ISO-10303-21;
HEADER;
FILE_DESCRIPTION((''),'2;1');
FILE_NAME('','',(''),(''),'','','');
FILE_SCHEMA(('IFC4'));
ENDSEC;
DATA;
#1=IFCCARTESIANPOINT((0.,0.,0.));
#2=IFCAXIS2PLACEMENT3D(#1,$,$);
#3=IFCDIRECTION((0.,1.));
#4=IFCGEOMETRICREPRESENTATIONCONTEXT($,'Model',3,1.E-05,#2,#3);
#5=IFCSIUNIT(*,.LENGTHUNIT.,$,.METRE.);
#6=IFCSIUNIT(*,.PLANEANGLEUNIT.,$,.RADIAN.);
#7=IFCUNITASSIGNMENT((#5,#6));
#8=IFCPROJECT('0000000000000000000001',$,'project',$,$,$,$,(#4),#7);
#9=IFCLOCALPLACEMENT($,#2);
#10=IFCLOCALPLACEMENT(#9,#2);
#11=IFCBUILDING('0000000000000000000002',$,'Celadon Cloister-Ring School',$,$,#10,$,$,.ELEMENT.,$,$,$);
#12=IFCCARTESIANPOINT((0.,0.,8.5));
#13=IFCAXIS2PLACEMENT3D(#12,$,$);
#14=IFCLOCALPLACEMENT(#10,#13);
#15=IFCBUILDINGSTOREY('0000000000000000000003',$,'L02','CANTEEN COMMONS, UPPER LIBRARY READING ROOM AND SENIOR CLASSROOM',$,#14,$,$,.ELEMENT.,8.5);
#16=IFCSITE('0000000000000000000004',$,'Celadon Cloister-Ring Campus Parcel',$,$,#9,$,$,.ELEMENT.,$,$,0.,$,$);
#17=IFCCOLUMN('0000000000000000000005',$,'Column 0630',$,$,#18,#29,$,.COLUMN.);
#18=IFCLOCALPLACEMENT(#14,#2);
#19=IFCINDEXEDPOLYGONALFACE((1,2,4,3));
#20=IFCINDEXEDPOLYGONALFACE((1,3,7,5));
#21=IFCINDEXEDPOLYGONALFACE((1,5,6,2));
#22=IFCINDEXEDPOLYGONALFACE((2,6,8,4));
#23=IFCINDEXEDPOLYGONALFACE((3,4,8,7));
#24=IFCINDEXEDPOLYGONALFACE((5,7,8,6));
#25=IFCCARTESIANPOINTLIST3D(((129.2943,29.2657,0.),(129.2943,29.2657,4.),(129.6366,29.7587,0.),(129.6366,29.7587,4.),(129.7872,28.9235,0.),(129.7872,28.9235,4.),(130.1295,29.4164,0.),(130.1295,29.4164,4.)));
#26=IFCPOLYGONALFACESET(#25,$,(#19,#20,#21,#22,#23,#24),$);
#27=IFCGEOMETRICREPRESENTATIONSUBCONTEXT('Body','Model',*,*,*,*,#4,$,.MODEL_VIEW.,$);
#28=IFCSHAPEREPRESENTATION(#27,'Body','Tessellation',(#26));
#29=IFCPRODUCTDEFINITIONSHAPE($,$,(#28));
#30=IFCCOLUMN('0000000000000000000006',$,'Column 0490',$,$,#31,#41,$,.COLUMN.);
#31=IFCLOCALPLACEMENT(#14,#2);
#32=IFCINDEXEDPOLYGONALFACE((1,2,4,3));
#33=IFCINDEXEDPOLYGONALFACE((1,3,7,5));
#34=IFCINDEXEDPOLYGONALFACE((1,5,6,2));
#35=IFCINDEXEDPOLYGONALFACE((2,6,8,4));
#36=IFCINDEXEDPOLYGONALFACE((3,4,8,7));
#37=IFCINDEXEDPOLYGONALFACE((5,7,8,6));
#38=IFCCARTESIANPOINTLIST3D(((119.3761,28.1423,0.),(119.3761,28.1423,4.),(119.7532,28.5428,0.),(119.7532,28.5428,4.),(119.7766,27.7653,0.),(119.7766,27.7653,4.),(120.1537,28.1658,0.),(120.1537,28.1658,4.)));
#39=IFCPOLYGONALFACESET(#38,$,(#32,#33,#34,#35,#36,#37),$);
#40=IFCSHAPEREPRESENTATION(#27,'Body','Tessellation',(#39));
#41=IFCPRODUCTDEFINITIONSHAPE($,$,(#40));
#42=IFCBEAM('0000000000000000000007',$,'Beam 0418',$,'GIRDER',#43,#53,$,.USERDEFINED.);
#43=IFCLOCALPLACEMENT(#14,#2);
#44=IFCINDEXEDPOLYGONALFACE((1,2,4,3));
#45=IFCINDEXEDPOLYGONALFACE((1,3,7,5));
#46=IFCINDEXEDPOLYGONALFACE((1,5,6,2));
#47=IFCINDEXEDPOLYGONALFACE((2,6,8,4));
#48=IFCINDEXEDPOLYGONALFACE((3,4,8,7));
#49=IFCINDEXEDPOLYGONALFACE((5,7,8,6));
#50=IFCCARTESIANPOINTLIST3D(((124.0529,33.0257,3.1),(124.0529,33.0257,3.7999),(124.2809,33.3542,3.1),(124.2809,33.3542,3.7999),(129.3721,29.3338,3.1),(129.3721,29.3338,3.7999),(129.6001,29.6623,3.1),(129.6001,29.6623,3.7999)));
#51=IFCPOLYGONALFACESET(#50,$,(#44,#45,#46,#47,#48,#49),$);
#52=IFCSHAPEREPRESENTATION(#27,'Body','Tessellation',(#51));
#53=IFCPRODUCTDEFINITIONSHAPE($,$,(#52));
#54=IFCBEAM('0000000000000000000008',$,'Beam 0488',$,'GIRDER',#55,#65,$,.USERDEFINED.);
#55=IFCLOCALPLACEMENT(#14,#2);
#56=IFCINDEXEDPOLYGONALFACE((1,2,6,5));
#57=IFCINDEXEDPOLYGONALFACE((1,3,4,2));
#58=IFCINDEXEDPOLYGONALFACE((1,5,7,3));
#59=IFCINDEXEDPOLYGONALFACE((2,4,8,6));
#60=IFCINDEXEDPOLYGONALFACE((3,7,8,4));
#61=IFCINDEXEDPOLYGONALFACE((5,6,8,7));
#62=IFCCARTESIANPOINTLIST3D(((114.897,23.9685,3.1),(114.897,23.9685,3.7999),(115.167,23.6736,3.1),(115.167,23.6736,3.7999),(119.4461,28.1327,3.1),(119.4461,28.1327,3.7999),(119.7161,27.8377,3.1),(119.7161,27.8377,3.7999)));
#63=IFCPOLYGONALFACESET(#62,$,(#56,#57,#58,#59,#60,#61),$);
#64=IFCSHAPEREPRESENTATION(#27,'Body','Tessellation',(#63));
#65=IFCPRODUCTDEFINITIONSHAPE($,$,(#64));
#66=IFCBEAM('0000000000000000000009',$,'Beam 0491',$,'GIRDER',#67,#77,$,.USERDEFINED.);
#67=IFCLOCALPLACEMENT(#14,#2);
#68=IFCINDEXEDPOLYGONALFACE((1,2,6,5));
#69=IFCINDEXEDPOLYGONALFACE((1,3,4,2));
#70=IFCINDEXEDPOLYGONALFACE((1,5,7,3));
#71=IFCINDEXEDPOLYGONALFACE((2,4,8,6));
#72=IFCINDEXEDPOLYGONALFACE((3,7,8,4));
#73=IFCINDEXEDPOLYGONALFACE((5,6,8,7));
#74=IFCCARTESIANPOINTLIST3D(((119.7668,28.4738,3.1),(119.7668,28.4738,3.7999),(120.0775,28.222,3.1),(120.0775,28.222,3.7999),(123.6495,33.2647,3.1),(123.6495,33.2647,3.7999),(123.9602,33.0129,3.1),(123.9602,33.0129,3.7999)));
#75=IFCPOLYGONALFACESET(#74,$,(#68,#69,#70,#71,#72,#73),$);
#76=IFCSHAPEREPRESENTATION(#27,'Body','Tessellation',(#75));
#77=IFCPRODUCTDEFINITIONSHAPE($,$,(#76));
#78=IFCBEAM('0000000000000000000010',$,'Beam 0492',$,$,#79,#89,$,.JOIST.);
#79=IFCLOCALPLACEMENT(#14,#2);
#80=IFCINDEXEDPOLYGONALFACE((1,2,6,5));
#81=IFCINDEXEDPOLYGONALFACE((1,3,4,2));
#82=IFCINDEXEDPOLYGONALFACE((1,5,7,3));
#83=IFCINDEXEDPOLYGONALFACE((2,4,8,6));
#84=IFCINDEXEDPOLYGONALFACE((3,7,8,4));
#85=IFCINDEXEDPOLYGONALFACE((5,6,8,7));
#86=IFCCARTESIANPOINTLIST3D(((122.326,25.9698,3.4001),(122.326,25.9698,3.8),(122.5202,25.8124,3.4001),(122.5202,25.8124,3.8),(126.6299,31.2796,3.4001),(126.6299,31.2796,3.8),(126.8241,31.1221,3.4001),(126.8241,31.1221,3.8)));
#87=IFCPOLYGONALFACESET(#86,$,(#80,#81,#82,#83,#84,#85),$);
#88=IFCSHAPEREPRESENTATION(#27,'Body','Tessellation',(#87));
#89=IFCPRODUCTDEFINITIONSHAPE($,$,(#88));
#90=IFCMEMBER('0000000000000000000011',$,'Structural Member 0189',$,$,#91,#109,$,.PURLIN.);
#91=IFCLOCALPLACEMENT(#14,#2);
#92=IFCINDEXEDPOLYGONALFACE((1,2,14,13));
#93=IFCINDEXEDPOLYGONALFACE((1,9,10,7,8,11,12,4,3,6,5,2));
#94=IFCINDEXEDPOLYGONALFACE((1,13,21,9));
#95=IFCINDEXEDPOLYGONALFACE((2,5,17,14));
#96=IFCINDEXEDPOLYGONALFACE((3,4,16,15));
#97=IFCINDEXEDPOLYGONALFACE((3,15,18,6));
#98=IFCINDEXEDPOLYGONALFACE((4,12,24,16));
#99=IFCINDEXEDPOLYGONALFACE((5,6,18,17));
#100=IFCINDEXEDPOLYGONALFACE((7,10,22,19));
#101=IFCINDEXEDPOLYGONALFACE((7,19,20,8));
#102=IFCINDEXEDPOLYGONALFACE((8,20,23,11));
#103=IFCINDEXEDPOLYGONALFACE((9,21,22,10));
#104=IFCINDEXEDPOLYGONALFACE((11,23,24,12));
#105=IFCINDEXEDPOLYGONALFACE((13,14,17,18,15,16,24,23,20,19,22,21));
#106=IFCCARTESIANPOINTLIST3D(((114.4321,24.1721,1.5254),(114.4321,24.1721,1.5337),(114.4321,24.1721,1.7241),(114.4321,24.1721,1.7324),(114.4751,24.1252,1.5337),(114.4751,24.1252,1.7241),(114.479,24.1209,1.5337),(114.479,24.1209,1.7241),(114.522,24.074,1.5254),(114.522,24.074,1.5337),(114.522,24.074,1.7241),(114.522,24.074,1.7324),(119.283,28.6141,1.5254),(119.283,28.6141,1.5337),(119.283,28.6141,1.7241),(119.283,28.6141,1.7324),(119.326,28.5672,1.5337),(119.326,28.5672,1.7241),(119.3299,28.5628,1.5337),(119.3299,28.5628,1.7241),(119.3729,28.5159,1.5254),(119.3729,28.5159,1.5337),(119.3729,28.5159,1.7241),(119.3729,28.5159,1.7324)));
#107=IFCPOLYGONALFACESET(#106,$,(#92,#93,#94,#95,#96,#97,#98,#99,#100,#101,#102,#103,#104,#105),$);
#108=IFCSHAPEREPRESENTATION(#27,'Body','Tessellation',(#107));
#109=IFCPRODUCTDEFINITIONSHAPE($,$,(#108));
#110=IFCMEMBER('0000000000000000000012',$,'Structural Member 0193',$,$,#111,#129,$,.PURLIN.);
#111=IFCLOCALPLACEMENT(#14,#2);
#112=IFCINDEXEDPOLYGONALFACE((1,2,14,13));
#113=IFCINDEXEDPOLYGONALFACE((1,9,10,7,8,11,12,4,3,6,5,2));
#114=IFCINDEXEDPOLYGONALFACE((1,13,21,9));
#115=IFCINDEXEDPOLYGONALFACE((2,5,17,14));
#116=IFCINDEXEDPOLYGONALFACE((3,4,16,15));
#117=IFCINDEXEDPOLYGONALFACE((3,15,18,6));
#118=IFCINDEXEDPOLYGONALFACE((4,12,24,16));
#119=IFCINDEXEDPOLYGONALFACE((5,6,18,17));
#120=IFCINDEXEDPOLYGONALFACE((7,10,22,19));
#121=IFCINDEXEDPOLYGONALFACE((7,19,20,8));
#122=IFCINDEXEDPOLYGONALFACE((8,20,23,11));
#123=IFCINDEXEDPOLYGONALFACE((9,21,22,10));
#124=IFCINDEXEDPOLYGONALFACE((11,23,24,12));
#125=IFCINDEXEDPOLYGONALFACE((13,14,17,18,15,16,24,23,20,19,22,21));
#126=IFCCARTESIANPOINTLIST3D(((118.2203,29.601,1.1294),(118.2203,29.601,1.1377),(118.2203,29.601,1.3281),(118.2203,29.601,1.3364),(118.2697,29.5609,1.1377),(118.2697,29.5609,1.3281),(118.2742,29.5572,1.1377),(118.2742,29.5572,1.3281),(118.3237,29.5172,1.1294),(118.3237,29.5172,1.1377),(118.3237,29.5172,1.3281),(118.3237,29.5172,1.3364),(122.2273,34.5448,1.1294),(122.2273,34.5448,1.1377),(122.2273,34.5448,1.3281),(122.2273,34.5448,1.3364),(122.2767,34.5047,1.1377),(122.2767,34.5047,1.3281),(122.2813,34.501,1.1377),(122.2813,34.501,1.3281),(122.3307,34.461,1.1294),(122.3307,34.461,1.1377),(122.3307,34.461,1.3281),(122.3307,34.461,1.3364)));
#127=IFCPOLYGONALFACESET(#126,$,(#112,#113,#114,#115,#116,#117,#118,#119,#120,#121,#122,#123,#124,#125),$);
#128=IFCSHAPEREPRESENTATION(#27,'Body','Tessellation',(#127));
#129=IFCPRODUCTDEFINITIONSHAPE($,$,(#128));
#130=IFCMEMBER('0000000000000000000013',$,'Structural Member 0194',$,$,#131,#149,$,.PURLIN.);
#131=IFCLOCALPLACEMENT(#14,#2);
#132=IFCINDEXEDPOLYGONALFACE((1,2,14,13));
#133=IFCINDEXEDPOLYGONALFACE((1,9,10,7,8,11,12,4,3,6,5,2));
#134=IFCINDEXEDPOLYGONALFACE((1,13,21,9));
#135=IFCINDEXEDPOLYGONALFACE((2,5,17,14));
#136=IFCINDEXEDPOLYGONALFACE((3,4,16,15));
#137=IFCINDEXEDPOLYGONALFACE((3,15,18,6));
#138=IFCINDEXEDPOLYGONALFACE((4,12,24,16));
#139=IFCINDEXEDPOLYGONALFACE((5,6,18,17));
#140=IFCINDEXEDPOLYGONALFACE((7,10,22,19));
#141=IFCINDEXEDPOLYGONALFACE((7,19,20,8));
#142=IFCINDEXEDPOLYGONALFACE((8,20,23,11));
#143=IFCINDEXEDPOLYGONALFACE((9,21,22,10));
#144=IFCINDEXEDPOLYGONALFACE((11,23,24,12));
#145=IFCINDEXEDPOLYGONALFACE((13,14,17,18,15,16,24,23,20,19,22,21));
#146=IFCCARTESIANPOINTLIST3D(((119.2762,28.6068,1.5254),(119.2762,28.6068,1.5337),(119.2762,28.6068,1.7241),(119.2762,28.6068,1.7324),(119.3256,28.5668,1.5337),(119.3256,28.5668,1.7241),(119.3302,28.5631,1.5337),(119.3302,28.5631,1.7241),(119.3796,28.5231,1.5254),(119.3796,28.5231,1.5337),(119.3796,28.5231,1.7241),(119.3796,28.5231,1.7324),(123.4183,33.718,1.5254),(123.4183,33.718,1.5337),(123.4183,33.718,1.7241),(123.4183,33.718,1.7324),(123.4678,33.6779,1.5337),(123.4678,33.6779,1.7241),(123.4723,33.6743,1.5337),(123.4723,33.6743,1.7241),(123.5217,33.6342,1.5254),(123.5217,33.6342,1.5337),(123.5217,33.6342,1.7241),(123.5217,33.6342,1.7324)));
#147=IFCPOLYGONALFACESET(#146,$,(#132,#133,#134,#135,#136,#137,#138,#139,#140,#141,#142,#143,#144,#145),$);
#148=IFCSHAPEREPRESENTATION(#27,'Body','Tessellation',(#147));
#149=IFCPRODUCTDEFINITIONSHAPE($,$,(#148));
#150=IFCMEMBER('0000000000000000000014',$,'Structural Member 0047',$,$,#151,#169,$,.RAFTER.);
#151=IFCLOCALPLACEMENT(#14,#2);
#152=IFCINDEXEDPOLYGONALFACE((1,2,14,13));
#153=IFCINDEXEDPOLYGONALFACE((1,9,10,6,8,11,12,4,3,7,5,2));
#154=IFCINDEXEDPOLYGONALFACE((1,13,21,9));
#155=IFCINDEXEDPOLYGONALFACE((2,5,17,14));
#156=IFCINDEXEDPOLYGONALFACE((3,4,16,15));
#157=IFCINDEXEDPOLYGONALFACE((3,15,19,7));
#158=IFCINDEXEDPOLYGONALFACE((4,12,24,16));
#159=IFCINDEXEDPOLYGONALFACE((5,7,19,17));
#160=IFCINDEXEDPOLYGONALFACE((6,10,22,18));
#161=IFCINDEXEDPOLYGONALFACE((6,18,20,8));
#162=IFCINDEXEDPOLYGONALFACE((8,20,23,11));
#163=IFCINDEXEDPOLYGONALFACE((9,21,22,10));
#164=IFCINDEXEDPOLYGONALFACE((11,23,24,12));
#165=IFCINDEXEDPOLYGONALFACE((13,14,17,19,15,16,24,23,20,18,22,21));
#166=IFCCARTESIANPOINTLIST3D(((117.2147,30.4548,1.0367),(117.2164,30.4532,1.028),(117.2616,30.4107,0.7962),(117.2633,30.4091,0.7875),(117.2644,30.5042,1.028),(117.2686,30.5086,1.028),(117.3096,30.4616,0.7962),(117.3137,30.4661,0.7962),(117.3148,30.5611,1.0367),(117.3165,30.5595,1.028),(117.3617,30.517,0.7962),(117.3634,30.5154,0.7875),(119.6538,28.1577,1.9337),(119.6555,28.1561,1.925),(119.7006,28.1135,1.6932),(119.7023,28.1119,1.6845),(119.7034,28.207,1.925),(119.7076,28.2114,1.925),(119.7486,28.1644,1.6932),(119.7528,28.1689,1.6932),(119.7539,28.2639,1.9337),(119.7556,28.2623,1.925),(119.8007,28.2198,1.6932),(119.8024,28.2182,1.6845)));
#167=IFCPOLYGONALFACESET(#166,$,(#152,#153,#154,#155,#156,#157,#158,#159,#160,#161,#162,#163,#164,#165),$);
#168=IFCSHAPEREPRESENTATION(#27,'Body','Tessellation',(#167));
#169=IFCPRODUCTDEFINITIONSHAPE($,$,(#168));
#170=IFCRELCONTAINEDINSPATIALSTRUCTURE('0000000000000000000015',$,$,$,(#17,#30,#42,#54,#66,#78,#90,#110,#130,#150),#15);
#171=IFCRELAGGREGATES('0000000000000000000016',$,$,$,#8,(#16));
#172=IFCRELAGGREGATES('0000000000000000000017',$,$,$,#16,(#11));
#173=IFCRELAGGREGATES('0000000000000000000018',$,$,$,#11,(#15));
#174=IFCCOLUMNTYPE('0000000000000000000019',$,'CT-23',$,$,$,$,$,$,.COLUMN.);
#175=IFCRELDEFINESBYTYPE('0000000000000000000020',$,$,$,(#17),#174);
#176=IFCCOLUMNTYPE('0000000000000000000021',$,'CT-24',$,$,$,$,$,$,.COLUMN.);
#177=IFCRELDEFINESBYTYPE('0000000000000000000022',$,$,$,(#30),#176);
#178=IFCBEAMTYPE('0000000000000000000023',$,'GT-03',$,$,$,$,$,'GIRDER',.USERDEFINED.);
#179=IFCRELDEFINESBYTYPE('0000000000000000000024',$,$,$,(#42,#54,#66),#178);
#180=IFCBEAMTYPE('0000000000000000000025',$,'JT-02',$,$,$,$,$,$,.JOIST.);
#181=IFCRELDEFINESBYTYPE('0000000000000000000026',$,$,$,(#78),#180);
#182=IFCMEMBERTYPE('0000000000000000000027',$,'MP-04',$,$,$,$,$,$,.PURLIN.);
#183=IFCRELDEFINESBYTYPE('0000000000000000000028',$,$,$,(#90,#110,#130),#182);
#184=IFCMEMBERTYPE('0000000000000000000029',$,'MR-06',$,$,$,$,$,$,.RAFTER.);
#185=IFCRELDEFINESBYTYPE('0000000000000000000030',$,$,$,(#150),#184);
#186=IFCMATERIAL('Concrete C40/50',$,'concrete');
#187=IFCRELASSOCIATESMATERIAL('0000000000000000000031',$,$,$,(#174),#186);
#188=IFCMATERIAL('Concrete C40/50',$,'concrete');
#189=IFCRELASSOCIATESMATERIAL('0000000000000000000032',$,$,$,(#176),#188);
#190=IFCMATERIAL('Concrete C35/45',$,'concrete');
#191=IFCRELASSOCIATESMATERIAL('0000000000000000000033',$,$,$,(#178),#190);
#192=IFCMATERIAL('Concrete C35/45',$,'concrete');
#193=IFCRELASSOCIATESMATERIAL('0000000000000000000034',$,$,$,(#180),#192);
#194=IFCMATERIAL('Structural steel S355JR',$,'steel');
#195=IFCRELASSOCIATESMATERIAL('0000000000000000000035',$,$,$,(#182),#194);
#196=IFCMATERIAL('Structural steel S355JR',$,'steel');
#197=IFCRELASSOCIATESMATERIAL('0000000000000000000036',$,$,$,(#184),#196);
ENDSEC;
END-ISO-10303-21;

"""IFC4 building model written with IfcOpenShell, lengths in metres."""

from ifc_helpers import new_model, si_unit, direction, frame, origin, origin_2d, place, context, subcontext, project, spatial, rectangle, i_section, extrude, material, material_profile, profile_set, type_object, element, save


model = new_model("IFC4")

# Units and contexts
model_context = context("Model", 3, precision=1e-05, world=origin(), true_north=direction((0.0, 1.0)))
body_context = subcontext(model_context, "Body", "Model", "MODEL_VIEW")
ifc_project = project(units=[si_unit("LENGTHUNIT", "METRE"), si_unit("PLANEANGLEUNIT", "RADIAN")], contexts=[model_context])

# Site, building, storey
site_placement = place(None, origin())
site = spatial("IfcSite", under=ifc_project, at=site_placement, Name="Celadon Cloister-Ring Campus Parcel", CompositionType="ELEMENT", RefElevation=0.0)
building_placement = place(site_placement, origin())
building = spatial("IfcBuilding", under=site, at=building_placement, Name="Celadon Cloister-Ring School", CompositionType="ELEMENT")
storey_placement = place(building_placement, frame((0.0, 0.0, 8.5)))
storey = spatial("IfcBuildingStorey", under=building, at=storey_placement, Name="L02", Description="CANTEEN COMMONS, UPPER LIBRARY READING ROOM AND SENIOR CLASSROOM", CompositionType="ELEMENT", Elevation=8.5)

# Columns
ifc_material_1 = material(Name="Concrete C40/50", Category="concrete")
ifc_material_profile_1 = material_profile(ifc_material_1, rectangle(XDim=0.6001, YDim=0.6001, at=origin_2d()), Name="RC600X600")
ifc_profile_set_1 = profile_set([ifc_material_profile_1], Name="Concrete C40/50")
column_type_1 = type_object("IfcColumnType", Name="CT-23", PredefinedType="COLUMN", material=ifc_profile_set_1)
column_1_placement = place(storey_placement, frame((129.7119, 29.3411, 0.0), z_axis=(0.0, 0.0, 1.0), x_axis=(0.821388, -0.57037, 0.0)))
element("IfcColumn", 1, at=column_1_placement, inside=storey, type_object=column_type_1, Name="Column 0630", PredefinedType="COLUMN", context=body_context, shape_type="SweptSolid", body=[
    extrude(rectangle(XDim=0.6001, YDim=0.6001, at=origin_2d()), origin(), (0.0, 0.0, 1.0), 4.0),
])
ifc_material_2 = material(Name="Concrete C40/50", Category="concrete")
ifc_material_profile_2 = material_profile(ifc_material_2, rectangle(XDim=0.55, YDim=0.55, at=origin_2d()), Name="RC550X550")
ifc_profile_set_2 = profile_set([ifc_material_profile_2], Name="Concrete C40/50")
column_type_2 = type_object("IfcColumnType", Name="CT-24", PredefinedType="COLUMN", material=ifc_profile_set_2)
column_2_placement = place(storey_placement, frame((119.7649, 28.1541, 0.0), z_axis=(0.0, 0.0, 1.0), x_axis=(0.728108, -0.685463, 0.0)))
element("IfcColumn", 2, at=column_2_placement, inside=storey, type_object=column_type_2, Name="Column 0490", PredefinedType="COLUMN", context=body_context, shape_type="SweptSolid", body=[
    extrude(rectangle(XDim=0.55, YDim=0.55, at=origin_2d()), origin(), (0.0, 0.0, 1.0), 4.0),
])

# Beams
ifc_material_3 = material(Name="Concrete C35/45", Category="concrete")
ifc_material_profile_3 = material_profile(ifc_material_3, rectangle(XDim=0.3999, YDim=0.7, at=origin_2d()), Name="RC400X700")
ifc_profile_set_3 = profile_set([ifc_material_profile_3], Name="Concrete C35/45")
beam_type_1 = type_object("IfcBeamType", Name="GT-03", ElementType="GIRDER", PredefinedType="USERDEFINED", material=ifc_profile_set_3)
beam_1_placement = place(storey_placement, frame((129.4861, 29.498, 3.45), z_axis=(-0.821509, 0.570196, 0.0), x_axis=(-0.570196, -0.821509, 0.0)))
element("IfcBeam", 3, at=beam_1_placement, inside=storey, type_object=beam_type_1, Name="Beam 0418", ObjectType="GIRDER", PredefinedType="USERDEFINED", context=body_context, shape_type="SweptSolid", body=[
    extrude(rectangle(XDim=0.3999, YDim=0.7, at=origin_2d()), origin(), (0.0, 0.0, 1.0), 6.4749),
])
beam_2_placement = place(storey_placement, frame((115.032, 23.821, 3.45), z_axis=(0.737632, 0.675203, 0.0), x_axis=(-0.675203, 0.737632, 0.0)))
element("IfcBeam", 4, at=beam_2_placement, inside=storey, type_object=beam_type_1, Name="Beam 0488", ObjectType="GIRDER", PredefinedType="USERDEFINED", context=body_context, shape_type="SweptSolid", body=[
    extrude(rectangle(XDim=0.3999, YDim=0.7, at=origin_2d()), origin(), (0.0, 0.0, 1.0), 6.1672),
])
beam_3_placement = place(storey_placement, frame((119.9221, 28.3479, 3.45), z_axis=(0.629626, 0.776898, 0.0), x_axis=(-0.776898, 0.629626, 0.0)))
element("IfcBeam", 5, at=beam_3_placement, inside=storey, type_object=beam_type_1, Name="Beam 0491", ObjectType="GIRDER", PredefinedType="USERDEFINED", context=body_context, shape_type="SweptSolid", body=[
    extrude(rectangle(XDim=0.3999, YDim=0.7, at=origin_2d()), origin(), (0.0, 0.0, 1.0), 6.1667),
])
ifc_material_4 = material(Name="Concrete C35/45", Category="concrete")
ifc_material_profile_4 = material_profile(ifc_material_4, rectangle(XDim=0.25, YDim=0.3999, at=origin_2d()), Name="RC250X400")
ifc_profile_set_4 = profile_set([ifc_material_profile_4], Name="Concrete C35/45")
beam_type_2 = type_object("IfcBeamType", Name="JT-02", PredefinedType="JOIST", material=ifc_profile_set_4)
beam_4_placement = place(storey_placement, frame((122.4231, 25.8911, 3.6001), z_axis=(0.629687, 0.776849, 0.0), x_axis=(-0.776849, 0.629687, 0.0)))
element("IfcBeam", 6, at=beam_4_placement, inside=storey, type_object=beam_type_2, Name="Beam 0492", PredefinedType="JOIST", context=body_context, shape_type="SweptSolid", body=[
    extrude(rectangle(XDim=0.25, YDim=0.3999, at=origin_2d()), origin(), (0.0, 0.0, 1.0), 6.835),
])

# Members
ifc_material_5 = material(Name="Structural steel S355JR", Category="steel")
ifc_material_profile_5 = material_profile(ifc_material_5, i_section(OverallWidth=0.1331, OverallDepth=0.207, WebThickness=0.0059, FlangeThickness=0.0083, at=origin_2d()), Name="W200X27")
ifc_profile_set_5 = profile_set([ifc_material_profile_5], Name="Structural steel S355JR")
member_type_1 = type_object("IfcMemberType", Name="MP-04", PredefinedType="PURLIN", material=ifc_profile_set_5)
member_1_placement = place(storey_placement, frame((114.4771, 24.123, 1.6289), z_axis=(0.73751, 0.675336, 0.0), x_axis=(-0.675336, 0.73751, 0.0)))
element("IfcMember", 7, at=member_1_placement, inside=storey, type_object=member_type_1, Name="Structural Member 0189", PredefinedType="PURLIN", context=body_context, shape_type="SweptSolid", body=[
    extrude(i_section(OverallWidth=0.1331, OverallDepth=0.207, WebThickness=0.0059, FlangeThickness=0.0083, at=origin_2d()), origin(), (0.0, 0.0, 1.0), 6.5774),
])
member_2_placement = place(storey_placement, frame((118.272, 29.5591, 1.2329), z_axis=(0.629665, 0.776867, 0.0), x_axis=(-0.776867, 0.629665, 0.0)))
element("IfcMember", 8, at=member_2_placement, inside=storey, type_object=member_type_1, Name="Structural Member 0193", PredefinedType="PURLIN", context=body_context, shape_type="SweptSolid", body=[
    extrude(i_section(OverallWidth=0.1331, OverallDepth=0.207, WebThickness=0.0059, FlangeThickness=0.0083, at=origin_2d()), origin(), (0.0, 0.0, 1.0), 6.3638),
])
member_3_placement = place(storey_placement, frame((119.3279, 28.5649, 1.6289), z_axis=(0.629616, 0.776907, 0.0), x_axis=(-0.776907, 0.629616, 0.0)))
element("IfcMember", 9, at=member_3_placement, inside=storey, type_object=member_type_1, Name="Structural Member 0194", PredefinedType="PURLIN", context=body_context, shape_type="SweptSolid", body=[
    extrude(i_section(OverallWidth=0.1331, OverallDepth=0.207, WebThickness=0.0059, FlangeThickness=0.0083, at=origin_2d()), origin(), (0.0, 0.0, 1.0), 6.5789),
])
ifc_material_6 = material(Name="Structural steel S355JR", Category="steel")
ifc_material_profile_6 = material_profile(ifc_material_6, i_section(OverallWidth=0.146, OverallDepth=0.2581, WebThickness=0.0061, FlangeThickness=0.009, at=origin_2d()), Name="W250X33")
ifc_profile_set_6 = profile_set([ifc_material_profile_6], Name="Structural steel S355JR")
member_type_2 = type_object("IfcMemberType", Name="MR-06", PredefinedType="RAFTER", material=ifc_profile_set_6)
member_4_placement = place(storey_placement, frame((117.2891, 30.4851, 0.9121), z_axis=(0.703194, -0.662298, 0.258612), x_axis=(0.685622, 0.727958, 0.0)))
element("IfcMember", 10, at=member_4_placement, inside=storey, type_object=member_type_2, Name="Structural Member 0047", PredefinedType="RAFTER", context=body_context, shape_type="SweptSolid", body=[
    extrude(i_section(OverallWidth=0.146, OverallDepth=0.2581, WebThickness=0.0061, FlangeThickness=0.009, at=origin_2d()), origin(), (0.0, 0.0, 1.0), 3.4685),
])

save(model, "model.ifc")
